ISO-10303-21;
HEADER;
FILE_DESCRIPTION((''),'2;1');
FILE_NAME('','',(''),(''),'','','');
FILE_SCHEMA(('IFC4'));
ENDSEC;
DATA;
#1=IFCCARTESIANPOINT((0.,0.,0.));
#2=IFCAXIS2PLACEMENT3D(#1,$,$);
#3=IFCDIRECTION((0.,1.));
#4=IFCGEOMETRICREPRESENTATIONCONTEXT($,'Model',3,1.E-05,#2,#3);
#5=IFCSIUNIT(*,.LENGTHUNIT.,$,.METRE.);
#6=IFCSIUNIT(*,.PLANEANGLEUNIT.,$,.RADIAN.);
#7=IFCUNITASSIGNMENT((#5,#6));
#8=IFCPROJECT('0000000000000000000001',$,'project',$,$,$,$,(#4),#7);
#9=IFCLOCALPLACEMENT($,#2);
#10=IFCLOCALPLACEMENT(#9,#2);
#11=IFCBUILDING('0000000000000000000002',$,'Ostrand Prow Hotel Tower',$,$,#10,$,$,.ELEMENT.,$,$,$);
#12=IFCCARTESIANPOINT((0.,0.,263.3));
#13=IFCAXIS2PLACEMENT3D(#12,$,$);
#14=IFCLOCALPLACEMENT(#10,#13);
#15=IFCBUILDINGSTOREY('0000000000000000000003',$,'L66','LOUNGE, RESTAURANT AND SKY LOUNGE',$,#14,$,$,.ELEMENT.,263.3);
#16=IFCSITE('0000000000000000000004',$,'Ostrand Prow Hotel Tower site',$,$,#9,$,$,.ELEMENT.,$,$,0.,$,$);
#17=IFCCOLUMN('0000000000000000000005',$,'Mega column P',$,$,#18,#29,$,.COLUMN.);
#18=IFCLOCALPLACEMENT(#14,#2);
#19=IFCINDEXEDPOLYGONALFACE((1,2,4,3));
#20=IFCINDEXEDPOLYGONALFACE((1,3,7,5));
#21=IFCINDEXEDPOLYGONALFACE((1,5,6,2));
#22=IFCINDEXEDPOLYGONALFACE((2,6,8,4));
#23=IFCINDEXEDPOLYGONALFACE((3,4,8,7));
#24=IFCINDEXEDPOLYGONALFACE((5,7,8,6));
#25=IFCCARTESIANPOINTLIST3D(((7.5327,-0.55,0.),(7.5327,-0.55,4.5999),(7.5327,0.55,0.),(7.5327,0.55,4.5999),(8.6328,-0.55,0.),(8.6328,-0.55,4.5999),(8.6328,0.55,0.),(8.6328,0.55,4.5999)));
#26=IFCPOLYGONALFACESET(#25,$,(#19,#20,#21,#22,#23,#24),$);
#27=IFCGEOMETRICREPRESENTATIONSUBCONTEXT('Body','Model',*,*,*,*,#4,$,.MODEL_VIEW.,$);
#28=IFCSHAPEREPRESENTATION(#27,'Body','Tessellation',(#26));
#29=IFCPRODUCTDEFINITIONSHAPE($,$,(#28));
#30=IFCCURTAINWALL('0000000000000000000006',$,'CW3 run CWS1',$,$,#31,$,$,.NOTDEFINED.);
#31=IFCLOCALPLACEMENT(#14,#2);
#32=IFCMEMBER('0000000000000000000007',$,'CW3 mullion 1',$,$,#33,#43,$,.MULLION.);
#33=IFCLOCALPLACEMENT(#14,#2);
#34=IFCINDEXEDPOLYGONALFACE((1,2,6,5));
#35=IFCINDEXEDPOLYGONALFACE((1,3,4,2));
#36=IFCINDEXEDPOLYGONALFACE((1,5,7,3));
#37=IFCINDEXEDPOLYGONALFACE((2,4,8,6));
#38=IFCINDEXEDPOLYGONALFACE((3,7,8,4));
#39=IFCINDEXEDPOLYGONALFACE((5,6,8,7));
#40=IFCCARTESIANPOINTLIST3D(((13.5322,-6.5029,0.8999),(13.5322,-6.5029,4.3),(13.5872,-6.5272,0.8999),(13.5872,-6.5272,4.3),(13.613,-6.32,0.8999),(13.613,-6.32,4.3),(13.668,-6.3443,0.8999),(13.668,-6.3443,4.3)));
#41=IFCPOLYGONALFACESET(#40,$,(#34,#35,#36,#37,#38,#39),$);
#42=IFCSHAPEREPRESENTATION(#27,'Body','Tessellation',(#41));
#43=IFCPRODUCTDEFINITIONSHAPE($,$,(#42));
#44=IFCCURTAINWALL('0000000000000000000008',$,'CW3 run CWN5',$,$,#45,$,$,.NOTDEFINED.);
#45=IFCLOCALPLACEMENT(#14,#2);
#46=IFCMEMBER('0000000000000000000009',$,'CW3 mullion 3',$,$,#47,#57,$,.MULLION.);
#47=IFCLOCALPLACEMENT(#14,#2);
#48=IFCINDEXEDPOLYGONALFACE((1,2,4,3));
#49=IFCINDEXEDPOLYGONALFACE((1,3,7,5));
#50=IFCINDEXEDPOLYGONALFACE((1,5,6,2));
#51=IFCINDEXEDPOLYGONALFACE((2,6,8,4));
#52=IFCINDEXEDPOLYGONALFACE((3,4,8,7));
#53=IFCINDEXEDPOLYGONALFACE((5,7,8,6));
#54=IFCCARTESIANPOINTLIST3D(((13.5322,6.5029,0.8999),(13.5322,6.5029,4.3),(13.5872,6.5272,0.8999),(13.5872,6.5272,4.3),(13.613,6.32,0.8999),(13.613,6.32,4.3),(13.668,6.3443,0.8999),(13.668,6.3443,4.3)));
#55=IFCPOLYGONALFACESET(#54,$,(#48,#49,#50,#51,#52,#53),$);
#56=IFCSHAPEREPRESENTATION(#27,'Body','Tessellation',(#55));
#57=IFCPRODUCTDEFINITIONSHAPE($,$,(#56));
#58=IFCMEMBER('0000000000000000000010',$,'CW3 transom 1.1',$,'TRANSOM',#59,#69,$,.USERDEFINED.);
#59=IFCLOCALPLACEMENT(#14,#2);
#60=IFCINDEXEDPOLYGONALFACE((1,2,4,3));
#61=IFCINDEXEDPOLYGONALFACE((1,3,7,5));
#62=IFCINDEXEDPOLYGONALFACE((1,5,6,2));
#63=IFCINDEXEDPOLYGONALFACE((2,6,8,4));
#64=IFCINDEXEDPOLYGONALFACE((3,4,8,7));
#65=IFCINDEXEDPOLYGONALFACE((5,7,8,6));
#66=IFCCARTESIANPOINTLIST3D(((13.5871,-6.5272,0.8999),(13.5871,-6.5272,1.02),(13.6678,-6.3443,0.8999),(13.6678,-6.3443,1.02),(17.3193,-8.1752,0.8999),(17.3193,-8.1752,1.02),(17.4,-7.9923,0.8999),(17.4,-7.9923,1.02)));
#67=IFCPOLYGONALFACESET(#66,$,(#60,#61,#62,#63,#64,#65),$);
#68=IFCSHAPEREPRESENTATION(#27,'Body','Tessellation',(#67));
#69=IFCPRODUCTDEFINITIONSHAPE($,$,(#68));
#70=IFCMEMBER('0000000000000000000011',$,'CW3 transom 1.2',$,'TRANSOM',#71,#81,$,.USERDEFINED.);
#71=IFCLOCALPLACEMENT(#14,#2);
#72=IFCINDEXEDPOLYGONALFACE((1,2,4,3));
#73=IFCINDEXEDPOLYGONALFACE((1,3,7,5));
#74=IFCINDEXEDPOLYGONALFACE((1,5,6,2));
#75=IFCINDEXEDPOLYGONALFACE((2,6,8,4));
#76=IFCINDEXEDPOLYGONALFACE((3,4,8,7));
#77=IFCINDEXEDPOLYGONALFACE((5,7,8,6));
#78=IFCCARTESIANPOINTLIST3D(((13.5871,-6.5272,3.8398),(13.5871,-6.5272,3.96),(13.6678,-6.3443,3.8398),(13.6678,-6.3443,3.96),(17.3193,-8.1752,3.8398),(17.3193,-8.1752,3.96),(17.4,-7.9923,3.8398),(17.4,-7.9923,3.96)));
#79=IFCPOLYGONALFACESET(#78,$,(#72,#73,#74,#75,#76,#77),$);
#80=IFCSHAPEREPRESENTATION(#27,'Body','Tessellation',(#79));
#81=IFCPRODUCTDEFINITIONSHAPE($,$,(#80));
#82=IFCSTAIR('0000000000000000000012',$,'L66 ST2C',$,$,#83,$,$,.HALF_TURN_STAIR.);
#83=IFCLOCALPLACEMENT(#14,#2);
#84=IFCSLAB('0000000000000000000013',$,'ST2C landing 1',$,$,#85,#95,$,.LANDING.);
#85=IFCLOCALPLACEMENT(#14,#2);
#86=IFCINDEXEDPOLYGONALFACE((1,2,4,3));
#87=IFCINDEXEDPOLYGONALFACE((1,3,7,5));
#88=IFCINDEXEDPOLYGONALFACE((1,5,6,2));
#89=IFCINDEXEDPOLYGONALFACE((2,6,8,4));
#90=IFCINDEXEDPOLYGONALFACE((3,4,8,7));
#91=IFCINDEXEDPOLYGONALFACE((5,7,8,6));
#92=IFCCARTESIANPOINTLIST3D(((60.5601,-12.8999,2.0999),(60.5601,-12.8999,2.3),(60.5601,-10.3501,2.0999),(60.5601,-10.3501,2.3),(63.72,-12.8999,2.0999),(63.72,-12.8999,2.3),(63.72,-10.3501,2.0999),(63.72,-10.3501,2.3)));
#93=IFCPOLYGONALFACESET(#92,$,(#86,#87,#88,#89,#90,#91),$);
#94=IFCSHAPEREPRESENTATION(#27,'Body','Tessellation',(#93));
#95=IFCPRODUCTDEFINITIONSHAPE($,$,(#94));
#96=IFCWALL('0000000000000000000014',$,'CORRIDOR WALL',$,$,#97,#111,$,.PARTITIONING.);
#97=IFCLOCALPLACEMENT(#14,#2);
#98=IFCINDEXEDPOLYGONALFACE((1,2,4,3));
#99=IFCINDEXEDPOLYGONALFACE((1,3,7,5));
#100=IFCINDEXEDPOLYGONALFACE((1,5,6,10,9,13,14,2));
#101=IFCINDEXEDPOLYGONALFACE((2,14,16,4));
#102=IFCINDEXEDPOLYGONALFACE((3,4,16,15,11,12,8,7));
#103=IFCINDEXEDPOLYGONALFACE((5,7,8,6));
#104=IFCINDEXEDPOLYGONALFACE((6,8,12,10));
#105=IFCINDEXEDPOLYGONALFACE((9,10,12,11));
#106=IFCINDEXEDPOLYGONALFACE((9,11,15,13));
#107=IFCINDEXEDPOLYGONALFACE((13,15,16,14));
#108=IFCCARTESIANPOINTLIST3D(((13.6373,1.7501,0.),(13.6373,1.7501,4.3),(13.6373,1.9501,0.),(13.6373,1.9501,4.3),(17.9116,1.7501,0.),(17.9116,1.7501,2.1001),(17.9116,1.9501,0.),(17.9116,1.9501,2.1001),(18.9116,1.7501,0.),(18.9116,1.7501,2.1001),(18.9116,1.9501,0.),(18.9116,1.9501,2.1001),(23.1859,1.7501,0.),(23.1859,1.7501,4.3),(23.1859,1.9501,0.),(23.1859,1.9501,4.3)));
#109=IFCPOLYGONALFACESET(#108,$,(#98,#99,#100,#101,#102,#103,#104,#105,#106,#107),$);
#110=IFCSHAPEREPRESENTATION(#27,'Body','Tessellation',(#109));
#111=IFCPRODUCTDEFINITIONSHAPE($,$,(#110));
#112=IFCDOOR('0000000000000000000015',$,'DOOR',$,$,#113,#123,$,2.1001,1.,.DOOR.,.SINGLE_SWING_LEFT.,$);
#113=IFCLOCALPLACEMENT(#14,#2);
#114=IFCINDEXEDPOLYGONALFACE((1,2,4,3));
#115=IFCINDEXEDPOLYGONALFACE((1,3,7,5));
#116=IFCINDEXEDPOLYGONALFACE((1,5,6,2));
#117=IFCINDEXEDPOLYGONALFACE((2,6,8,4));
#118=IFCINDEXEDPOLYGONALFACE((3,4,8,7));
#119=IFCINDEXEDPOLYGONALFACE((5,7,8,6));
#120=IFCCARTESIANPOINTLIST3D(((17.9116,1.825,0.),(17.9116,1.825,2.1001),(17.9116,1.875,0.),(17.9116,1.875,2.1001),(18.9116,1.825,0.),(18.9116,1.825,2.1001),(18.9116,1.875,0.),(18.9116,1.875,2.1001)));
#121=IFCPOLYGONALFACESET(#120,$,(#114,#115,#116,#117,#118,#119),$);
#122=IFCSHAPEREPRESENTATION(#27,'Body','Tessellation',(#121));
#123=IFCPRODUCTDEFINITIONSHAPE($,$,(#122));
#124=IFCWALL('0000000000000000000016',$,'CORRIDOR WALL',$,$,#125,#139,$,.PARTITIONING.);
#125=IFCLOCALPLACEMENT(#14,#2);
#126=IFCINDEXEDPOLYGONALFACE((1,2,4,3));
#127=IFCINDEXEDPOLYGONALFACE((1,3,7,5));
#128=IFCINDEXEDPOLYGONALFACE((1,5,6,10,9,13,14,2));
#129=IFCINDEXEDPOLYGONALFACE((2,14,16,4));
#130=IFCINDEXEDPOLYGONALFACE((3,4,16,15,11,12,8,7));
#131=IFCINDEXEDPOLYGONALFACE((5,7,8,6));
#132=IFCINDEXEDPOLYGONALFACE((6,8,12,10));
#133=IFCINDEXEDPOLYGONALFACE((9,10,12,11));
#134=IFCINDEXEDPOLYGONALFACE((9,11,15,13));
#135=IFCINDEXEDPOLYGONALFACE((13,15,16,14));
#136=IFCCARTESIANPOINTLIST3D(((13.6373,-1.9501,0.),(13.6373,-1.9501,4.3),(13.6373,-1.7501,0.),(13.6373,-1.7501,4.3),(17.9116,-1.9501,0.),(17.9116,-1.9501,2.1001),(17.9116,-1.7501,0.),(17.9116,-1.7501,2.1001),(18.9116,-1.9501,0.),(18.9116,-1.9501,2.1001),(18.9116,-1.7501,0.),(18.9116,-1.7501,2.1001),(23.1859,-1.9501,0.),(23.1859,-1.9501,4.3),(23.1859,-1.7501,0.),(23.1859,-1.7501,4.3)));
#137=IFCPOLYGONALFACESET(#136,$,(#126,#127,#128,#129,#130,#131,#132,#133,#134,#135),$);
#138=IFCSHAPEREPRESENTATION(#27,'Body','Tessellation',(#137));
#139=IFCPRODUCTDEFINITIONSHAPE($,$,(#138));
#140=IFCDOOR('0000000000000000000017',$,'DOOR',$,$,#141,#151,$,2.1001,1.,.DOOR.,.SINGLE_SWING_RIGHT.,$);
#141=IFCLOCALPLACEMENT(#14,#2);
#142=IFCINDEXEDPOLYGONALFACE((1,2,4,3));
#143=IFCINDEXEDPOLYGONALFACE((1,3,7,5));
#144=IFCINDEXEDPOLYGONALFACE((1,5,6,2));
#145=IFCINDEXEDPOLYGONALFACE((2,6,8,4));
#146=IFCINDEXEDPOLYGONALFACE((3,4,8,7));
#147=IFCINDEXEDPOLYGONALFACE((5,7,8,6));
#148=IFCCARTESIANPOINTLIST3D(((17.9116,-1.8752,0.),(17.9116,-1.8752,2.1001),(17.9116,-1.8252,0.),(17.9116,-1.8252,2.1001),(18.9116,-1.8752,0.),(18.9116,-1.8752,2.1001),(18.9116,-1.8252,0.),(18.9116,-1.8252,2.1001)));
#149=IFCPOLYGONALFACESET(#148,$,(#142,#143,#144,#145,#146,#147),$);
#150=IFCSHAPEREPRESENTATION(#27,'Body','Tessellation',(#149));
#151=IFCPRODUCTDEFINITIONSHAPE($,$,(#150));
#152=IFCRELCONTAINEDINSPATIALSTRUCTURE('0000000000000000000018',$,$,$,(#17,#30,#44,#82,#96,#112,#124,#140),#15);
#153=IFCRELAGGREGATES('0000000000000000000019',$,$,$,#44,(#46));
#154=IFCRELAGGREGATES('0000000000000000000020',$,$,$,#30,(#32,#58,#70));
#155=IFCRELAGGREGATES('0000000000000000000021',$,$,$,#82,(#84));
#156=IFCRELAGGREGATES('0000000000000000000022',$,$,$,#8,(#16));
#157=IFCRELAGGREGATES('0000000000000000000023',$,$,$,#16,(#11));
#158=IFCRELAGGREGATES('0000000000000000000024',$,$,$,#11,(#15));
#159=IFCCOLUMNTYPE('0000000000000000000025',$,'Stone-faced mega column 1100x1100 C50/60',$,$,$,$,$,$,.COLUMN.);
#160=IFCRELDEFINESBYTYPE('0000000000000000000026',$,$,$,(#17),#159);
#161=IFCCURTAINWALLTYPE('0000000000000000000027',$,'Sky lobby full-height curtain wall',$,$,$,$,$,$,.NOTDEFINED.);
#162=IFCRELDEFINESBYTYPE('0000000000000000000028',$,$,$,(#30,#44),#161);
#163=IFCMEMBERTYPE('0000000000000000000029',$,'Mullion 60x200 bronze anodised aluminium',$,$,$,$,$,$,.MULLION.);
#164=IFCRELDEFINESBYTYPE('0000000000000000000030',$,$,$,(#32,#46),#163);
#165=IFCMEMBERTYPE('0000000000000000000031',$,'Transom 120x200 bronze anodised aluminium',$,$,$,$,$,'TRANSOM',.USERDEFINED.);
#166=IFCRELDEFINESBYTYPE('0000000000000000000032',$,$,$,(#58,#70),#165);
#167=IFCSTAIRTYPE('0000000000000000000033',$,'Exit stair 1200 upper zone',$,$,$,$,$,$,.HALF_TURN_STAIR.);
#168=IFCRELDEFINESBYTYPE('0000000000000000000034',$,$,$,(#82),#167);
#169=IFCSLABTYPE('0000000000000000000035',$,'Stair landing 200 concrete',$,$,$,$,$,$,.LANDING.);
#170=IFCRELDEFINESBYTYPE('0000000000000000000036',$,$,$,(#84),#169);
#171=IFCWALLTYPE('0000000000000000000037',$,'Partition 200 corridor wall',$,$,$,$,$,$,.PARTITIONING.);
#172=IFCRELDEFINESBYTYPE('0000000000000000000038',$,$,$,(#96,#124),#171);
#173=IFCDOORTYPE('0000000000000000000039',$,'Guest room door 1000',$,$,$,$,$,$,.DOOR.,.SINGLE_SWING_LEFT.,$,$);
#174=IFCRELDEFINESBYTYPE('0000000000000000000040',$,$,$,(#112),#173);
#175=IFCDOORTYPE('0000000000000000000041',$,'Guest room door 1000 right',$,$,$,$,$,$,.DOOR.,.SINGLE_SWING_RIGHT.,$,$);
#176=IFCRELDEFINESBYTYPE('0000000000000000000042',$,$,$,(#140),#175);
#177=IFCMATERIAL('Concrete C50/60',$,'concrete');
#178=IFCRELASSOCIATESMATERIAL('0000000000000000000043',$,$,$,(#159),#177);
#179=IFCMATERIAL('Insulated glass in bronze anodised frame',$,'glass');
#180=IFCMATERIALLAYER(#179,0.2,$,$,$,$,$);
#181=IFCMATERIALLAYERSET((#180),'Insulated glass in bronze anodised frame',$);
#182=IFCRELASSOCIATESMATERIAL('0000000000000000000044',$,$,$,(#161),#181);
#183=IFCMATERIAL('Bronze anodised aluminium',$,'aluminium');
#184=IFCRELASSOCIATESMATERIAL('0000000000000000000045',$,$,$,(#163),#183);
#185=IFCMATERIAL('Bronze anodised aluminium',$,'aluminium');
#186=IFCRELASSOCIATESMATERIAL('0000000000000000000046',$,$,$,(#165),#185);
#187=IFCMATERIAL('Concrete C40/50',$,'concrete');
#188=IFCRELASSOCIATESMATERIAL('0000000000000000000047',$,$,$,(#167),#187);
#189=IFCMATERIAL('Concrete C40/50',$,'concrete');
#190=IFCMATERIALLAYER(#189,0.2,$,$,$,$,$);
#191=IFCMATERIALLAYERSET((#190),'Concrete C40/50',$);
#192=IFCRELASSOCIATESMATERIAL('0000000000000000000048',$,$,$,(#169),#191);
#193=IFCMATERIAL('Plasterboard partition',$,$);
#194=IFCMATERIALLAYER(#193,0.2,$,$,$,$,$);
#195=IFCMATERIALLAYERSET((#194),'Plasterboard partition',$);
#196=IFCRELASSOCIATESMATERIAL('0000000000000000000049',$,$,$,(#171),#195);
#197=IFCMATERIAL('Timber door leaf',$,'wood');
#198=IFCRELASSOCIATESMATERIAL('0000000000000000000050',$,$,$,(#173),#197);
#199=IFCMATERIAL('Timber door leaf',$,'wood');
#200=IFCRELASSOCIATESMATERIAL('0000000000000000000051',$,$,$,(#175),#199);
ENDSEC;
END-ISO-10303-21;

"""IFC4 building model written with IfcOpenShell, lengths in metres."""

from ifc_helpers import new_model, si_unit, direction, frame, frame_2d, origin, origin_2d, place, context, subcontext, project, spatial, polyline, rectangle, outline, extrude, material, layer, layer_set, material_profile, profile_set, type_object, element, fill, aggregate, save


model = new_model("IFC4")

# Units and contexts
model_context = context("Model", 3, precision=1e-05, world=origin(), true_north=direction((0.0, 1.0)))
body_context = subcontext(model_context, "Body", "Model", "MODEL_VIEW")
ifc_project = project(units=[si_unit("LENGTHUNIT", "METRE"), si_unit("PLANEANGLEUNIT", "RADIAN")], contexts=[model_context])

# Site, building, storey
site_placement = place(None, origin())
site = spatial("IfcSite", under=ifc_project, at=site_placement, Name="Ostrand Prow Hotel Tower site", CompositionType="ELEMENT", RefElevation=0.0)
building_placement = place(site_placement, origin())
building = spatial("IfcBuilding", under=site, at=building_placement, Name="Ostrand Prow Hotel Tower", CompositionType="ELEMENT")
storey_placement = place(building_placement, frame((0.0, 0.0, 263.3)))
storey = spatial("IfcBuildingStorey", under=building, at=storey_placement, Name="L66", Description="LOUNGE, RESTAURANT AND SKY LOUNGE", CompositionType="ELEMENT", Elevation=263.3)

# Column
ifc_material_1 = material(Name="Concrete C50/60", Category="concrete")
ifc_material_profile_1 = material_profile(ifc_material_1, rectangle(XDim=1.1001, YDim=1.1001, at=origin_2d()), Name="RC 1100x1100")
ifc_profile_set_1 = profile_set([ifc_material_profile_1], Name="Concrete C50/60")
column_type = type_object("IfcColumnType", Name="Stone-faced mega column 1100x1100 C50/60", PredefinedType="COLUMN", material=ifc_profile_set_1)
column_placement = place(storey_placement, frame((8.0828, 0.0, 0.0), z_axis=(0.0, 0.0, 1.0), x_axis=(1.0, 0.0, 0.0)))
element("IfcColumn", 1, at=column_placement, inside=storey, type_object=column_type, Name="Mega column P", PredefinedType="COLUMN", context=body_context, shape_type="SweptSolid", body=[
    extrude(rectangle(XDim=1.1001, YDim=1.1001, at=origin_2d()), origin(), (0.0, 0.0, 1.0), 4.5999),
])

# Curtain walls, members
ifc_material_2 = material(Name="Insulated glass in bronze anodised frame", Category="glass")
ifc_layer_1 = layer(ifc_material_2, 0.2)
ifc_layer_set_1 = layer_set([ifc_layer_1], Name="Insulated glass in bronze anodised frame")
curtain_wall_type = type_object("IfcCurtainWallType", Name="Sky lobby full-height curtain wall", PredefinedType="NOTDEFINED", material=ifc_layer_set_1)
curtain_wall_1_placement = place(storey_placement, origin())
curtain_wall_1 = element("IfcCurtainWall", 2, at=curtain_wall_1_placement, inside=storey, type_object=curtain_wall_type, Name="CW3 run CWS1", PredefinedType="NOTDEFINED")
ifc_material_3 = material(Name="Bronze anodised aluminium", Category="aluminium")
ifc_material_profile_2 = material_profile(ifc_material_3, rectangle(XDim=0.2, YDim=0.0601, at=origin_2d()), Name="Mullion 60x200 bronze anodised aluminium")
ifc_profile_set_2 = profile_set([ifc_material_profile_2], Name="Bronze anodised aluminium")
member_type_1 = type_object("IfcMemberType", Name="Mullion 60x200 bronze anodised aluminium", PredefinedType="MULLION", material=ifc_profile_set_2)
member_1_placement = place(storey_placement, frame((13.6001, -6.4236, 0.8999), z_axis=(0.0, 0.0, 1.0), x_axis=(0.40394, 0.914786, 0.0)))
member_1 = element("IfcMember", 3, at=member_1_placement, type_object=member_type_1, Name="CW3 mullion 1", PredefinedType="MULLION", context=body_context, shape_type="SweptSolid", body=[
    extrude(rectangle(XDim=0.2, YDim=0.0601, at=origin_2d()), origin(), (0.0, 0.0, 1.0), 3.4001),
])
curtain_wall_2_placement = place(storey_placement, origin())
curtain_wall_2 = element("IfcCurtainWall", 4, at=curtain_wall_2_placement, inside=storey, type_object=curtain_wall_type, Name="CW3 run CWN5", PredefinedType="NOTDEFINED")
member_2_placement = place(storey_placement, frame((13.6001, 6.4236, 0.8999), z_axis=(0.0, 0.0, 1.0), x_axis=(0.40394, -0.914786, 0.0)))
member_2 = element("IfcMember", 5, at=member_2_placement, type_object=member_type_1, Name="CW3 mullion 3", PredefinedType="MULLION", context=body_context, shape_type="SweptSolid", body=[
    extrude(rectangle(XDim=0.2, YDim=0.0601, at=origin_2d()), origin(), (0.0, 0.0, 1.0), 3.4001),
])
aggregate(curtain_wall_2, [member_2])

# Members
ifc_material_4 = material(Name="Bronze anodised aluminium", Category="aluminium")
ifc_material_profile_3 = material_profile(ifc_material_4, rectangle(XDim=0.2, YDim=0.1201, at=origin_2d()), Name="Transom 120x200 bronze anodised aluminium")
ifc_profile_set_3 = profile_set([ifc_material_profile_3], Name="Bronze anodised aluminium")
member_type_2 = type_object("IfcMemberType", Name="Transom 120x200 bronze anodised aluminium", ElementType="TRANSOM", PredefinedType="USERDEFINED", material=ifc_profile_set_3)
member_3_placement = place(storey_placement, frame((13.6274, -6.4358, 0.96), z_axis=(0.914791, -0.403927, 0.0), x_axis=(0.403927, 0.914791, 0.0)))
member_3 = element("IfcMember", 6, at=member_3_placement, type_object=member_type_2, Name="CW3 transom 1.1", ObjectType="TRANSOM", PredefinedType="USERDEFINED", context=body_context, shape_type="SweptSolid", body=[
    extrude(rectangle(XDim=0.2, YDim=0.1201, at=origin_2d()), origin(), (0.0, 0.0, 1.0), 4.0798),
])
member_4_placement = place(storey_placement, frame((13.6274, -6.4358, 3.8999), z_axis=(0.914791, -0.403927, 0.0), x_axis=(0.403927, 0.914791, 0.0)))
member_4 = element("IfcMember", 7, at=member_4_placement, type_object=member_type_2, Name="CW3 transom 1.2", ObjectType="TRANSOM", PredefinedType="USERDEFINED", context=body_context, shape_type="SweptSolid", body=[
    extrude(rectangle(XDim=0.2, YDim=0.1201, at=origin_2d()), origin(), (0.0, 0.0, 1.0), 4.0798),
])
aggregate(curtain_wall_1, [member_1, member_3, member_4])

# Stair, slab
ifc_material_5 = material(Name="Concrete C40/50", Category="concrete")
stair_type = type_object("IfcStairType", Name="Exit stair 1200 upper zone", PredefinedType="HALF_TURN_STAIR", material=ifc_material_5)
stair_placement = place(storey_placement, origin())
stair = element("IfcStair", 8, at=stair_placement, inside=storey, type_object=stair_type, Name="L66 ST2C", PredefinedType="HALF_TURN_STAIR")
ifc_material_6 = material(Name="Concrete C40/50", Category="concrete")
ifc_layer_2 = layer(ifc_material_6, 0.2)
ifc_layer_set_2 = layer_set([ifc_layer_2], Name="Concrete C40/50")
slab_type = type_object("IfcSlabType", Name="Stair landing 200 concrete", PredefinedType="LANDING", material=ifc_layer_set_2)
slab_placement = place(storey_placement, frame((0.0, 0.0, 2.0999)))
slab = element("IfcSlab", 9, at=slab_placement, type_object=slab_type, Name="ST2C landing 1", PredefinedType="LANDING", context=body_context, shape_type="SweptSolid", body=[
    extrude(outline(polyline([(60.5601, -12.8999), (63.72, -12.8999), (63.72, -10.3501), (60.5601, -10.3501), (60.5601, -12.8999)])), origin(), (0.0, 0.0, 1.0), 0.2002),
])
aggregate(stair, [slab])

# Walls, openings, doors
ifc_material_7 = material(Name="Plasterboard partition")
ifc_layer_3 = layer(ifc_material_7, 0.2)
ifc_layer_set_3 = layer_set([ifc_layer_3], Name="Plasterboard partition")
wall_type_1 = type_object("IfcWallType", Name="Partition 200 corridor wall", PredefinedType="PARTITIONING", material=ifc_layer_set_3)
wall_1_placement = place(storey_placement, frame((13.6372, 1.8501, 0.0), z_axis=(0.0, 0.0, 1.0), x_axis=(1.0, 0.0, 0.0)))
wall_1 = element("IfcWall", 10, at=wall_1_placement, inside=storey, type_object=wall_type_1, Name="CORRIDOR WALL", PredefinedType="PARTITIONING", context=body_context, shape_type="SweptSolid", body=[
    extrude(rectangle(XDim=9.5486, YDim=0.2, at=frame_2d((4.7744, 0.0))), origin(), (0.0, 0.0, 1.0), 4.3),
])
opening_1_placement = place(wall_1_placement, frame((4.2744, 0.0, 0.0)))
opening_1 = element("IfcOpeningElement", 11, at=opening_1_placement, cuts=wall_1, PredefinedType="OPENING", context=body_context, shape_type="SweptSolid", body=[
    extrude(rectangle(XDim=1.0, YDim=2.1001, at=frame_2d((0.5, 1.05))), frame((0.0, 0.1099, 0.0), z_axis=(0.0, -1.0, 0.0), x_axis=(1.0, 0.0, 0.0)), (0.0, 0.0, 1.0), 0.22),
])
ifc_material_8 = material(Name="Timber door leaf", Category="wood")
door_type_1 = type_object("IfcDoorType", Name="Guest room door 1000", OperationType="SINGLE_SWING_LEFT", PredefinedType="DOOR", material=ifc_material_8)
door_1_placement = place(opening_1_placement, origin())
door_1 = element("IfcDoor", 12, at=door_1_placement, inside=storey, type_object=door_type_1, Name="DOOR", OperationType="SINGLE_SWING_LEFT", OverallHeight=2.1001, OverallWidth=1.0, PredefinedType="DOOR", context=body_context, shape_type="SweptSolid", body=[
    extrude(rectangle(XDim=1.0, YDim=2.1001, at=frame_2d((0.5, 1.05))), frame((0.0, 0.0249, 0.0), z_axis=(0.0, -1.0, 0.0), x_axis=(1.0, 0.0, 0.0)), (0.0, 0.0, 1.0), 0.05),
])
fill(opening_1, door_1)
wall_2_placement = place(storey_placement, frame((13.6372, -1.8501, 0.0), z_axis=(0.0, 0.0, 1.0), x_axis=(1.0, 0.0, 0.0)))
wall_2 = element("IfcWall", 13, at=wall_2_placement, inside=storey, type_object=wall_type_1, Name="CORRIDOR WALL", PredefinedType="PARTITIONING", context=body_context, shape_type="SweptSolid", body=[
    extrude(rectangle(XDim=9.5486, YDim=0.2, at=frame_2d((4.7744, 0.0))), origin(), (0.0, 0.0, 1.0), 4.3),
])
opening_2_placement = place(wall_2_placement, frame((4.2744, 0.0, 0.0)))
opening_2 = element("IfcOpeningElement", 14, at=opening_2_placement, cuts=wall_2, PredefinedType="OPENING", context=body_context, shape_type="SweptSolid", body=[
    extrude(rectangle(XDim=1.0, YDim=2.1001, at=frame_2d((0.5, 1.05))), frame((0.0, 0.1099, 0.0), z_axis=(0.0, -1.0, 0.0), x_axis=(1.0, 0.0, 0.0)), (0.0, 0.0, 1.0), 0.22),
])
ifc_material_9 = material(Name="Timber door leaf", Category="wood")
door_type_2 = type_object("IfcDoorType", Name="Guest room door 1000 right", OperationType="SINGLE_SWING_RIGHT", PredefinedType="DOOR", material=ifc_material_9)
door_2_placement = place(opening_2_placement, origin())
door_2 = element("IfcDoor", 15, at=door_2_placement, inside=storey, type_object=door_type_2, Name="DOOR", OperationType="SINGLE_SWING_RIGHT", OverallHeight=2.1001, OverallWidth=1.0, PredefinedType="DOOR", context=body_context, shape_type="SweptSolid", body=[
    extrude(rectangle(XDim=1.0, YDim=2.1001, at=frame_2d((0.5, 1.05))), frame((0.0, 0.0249, 0.0), z_axis=(0.0, -1.0, 0.0), x_axis=(1.0, 0.0, 0.0)), (0.0, 0.0, 1.0), 0.05),
])
fill(opening_2, door_2)

save(model, "model.ifc")
